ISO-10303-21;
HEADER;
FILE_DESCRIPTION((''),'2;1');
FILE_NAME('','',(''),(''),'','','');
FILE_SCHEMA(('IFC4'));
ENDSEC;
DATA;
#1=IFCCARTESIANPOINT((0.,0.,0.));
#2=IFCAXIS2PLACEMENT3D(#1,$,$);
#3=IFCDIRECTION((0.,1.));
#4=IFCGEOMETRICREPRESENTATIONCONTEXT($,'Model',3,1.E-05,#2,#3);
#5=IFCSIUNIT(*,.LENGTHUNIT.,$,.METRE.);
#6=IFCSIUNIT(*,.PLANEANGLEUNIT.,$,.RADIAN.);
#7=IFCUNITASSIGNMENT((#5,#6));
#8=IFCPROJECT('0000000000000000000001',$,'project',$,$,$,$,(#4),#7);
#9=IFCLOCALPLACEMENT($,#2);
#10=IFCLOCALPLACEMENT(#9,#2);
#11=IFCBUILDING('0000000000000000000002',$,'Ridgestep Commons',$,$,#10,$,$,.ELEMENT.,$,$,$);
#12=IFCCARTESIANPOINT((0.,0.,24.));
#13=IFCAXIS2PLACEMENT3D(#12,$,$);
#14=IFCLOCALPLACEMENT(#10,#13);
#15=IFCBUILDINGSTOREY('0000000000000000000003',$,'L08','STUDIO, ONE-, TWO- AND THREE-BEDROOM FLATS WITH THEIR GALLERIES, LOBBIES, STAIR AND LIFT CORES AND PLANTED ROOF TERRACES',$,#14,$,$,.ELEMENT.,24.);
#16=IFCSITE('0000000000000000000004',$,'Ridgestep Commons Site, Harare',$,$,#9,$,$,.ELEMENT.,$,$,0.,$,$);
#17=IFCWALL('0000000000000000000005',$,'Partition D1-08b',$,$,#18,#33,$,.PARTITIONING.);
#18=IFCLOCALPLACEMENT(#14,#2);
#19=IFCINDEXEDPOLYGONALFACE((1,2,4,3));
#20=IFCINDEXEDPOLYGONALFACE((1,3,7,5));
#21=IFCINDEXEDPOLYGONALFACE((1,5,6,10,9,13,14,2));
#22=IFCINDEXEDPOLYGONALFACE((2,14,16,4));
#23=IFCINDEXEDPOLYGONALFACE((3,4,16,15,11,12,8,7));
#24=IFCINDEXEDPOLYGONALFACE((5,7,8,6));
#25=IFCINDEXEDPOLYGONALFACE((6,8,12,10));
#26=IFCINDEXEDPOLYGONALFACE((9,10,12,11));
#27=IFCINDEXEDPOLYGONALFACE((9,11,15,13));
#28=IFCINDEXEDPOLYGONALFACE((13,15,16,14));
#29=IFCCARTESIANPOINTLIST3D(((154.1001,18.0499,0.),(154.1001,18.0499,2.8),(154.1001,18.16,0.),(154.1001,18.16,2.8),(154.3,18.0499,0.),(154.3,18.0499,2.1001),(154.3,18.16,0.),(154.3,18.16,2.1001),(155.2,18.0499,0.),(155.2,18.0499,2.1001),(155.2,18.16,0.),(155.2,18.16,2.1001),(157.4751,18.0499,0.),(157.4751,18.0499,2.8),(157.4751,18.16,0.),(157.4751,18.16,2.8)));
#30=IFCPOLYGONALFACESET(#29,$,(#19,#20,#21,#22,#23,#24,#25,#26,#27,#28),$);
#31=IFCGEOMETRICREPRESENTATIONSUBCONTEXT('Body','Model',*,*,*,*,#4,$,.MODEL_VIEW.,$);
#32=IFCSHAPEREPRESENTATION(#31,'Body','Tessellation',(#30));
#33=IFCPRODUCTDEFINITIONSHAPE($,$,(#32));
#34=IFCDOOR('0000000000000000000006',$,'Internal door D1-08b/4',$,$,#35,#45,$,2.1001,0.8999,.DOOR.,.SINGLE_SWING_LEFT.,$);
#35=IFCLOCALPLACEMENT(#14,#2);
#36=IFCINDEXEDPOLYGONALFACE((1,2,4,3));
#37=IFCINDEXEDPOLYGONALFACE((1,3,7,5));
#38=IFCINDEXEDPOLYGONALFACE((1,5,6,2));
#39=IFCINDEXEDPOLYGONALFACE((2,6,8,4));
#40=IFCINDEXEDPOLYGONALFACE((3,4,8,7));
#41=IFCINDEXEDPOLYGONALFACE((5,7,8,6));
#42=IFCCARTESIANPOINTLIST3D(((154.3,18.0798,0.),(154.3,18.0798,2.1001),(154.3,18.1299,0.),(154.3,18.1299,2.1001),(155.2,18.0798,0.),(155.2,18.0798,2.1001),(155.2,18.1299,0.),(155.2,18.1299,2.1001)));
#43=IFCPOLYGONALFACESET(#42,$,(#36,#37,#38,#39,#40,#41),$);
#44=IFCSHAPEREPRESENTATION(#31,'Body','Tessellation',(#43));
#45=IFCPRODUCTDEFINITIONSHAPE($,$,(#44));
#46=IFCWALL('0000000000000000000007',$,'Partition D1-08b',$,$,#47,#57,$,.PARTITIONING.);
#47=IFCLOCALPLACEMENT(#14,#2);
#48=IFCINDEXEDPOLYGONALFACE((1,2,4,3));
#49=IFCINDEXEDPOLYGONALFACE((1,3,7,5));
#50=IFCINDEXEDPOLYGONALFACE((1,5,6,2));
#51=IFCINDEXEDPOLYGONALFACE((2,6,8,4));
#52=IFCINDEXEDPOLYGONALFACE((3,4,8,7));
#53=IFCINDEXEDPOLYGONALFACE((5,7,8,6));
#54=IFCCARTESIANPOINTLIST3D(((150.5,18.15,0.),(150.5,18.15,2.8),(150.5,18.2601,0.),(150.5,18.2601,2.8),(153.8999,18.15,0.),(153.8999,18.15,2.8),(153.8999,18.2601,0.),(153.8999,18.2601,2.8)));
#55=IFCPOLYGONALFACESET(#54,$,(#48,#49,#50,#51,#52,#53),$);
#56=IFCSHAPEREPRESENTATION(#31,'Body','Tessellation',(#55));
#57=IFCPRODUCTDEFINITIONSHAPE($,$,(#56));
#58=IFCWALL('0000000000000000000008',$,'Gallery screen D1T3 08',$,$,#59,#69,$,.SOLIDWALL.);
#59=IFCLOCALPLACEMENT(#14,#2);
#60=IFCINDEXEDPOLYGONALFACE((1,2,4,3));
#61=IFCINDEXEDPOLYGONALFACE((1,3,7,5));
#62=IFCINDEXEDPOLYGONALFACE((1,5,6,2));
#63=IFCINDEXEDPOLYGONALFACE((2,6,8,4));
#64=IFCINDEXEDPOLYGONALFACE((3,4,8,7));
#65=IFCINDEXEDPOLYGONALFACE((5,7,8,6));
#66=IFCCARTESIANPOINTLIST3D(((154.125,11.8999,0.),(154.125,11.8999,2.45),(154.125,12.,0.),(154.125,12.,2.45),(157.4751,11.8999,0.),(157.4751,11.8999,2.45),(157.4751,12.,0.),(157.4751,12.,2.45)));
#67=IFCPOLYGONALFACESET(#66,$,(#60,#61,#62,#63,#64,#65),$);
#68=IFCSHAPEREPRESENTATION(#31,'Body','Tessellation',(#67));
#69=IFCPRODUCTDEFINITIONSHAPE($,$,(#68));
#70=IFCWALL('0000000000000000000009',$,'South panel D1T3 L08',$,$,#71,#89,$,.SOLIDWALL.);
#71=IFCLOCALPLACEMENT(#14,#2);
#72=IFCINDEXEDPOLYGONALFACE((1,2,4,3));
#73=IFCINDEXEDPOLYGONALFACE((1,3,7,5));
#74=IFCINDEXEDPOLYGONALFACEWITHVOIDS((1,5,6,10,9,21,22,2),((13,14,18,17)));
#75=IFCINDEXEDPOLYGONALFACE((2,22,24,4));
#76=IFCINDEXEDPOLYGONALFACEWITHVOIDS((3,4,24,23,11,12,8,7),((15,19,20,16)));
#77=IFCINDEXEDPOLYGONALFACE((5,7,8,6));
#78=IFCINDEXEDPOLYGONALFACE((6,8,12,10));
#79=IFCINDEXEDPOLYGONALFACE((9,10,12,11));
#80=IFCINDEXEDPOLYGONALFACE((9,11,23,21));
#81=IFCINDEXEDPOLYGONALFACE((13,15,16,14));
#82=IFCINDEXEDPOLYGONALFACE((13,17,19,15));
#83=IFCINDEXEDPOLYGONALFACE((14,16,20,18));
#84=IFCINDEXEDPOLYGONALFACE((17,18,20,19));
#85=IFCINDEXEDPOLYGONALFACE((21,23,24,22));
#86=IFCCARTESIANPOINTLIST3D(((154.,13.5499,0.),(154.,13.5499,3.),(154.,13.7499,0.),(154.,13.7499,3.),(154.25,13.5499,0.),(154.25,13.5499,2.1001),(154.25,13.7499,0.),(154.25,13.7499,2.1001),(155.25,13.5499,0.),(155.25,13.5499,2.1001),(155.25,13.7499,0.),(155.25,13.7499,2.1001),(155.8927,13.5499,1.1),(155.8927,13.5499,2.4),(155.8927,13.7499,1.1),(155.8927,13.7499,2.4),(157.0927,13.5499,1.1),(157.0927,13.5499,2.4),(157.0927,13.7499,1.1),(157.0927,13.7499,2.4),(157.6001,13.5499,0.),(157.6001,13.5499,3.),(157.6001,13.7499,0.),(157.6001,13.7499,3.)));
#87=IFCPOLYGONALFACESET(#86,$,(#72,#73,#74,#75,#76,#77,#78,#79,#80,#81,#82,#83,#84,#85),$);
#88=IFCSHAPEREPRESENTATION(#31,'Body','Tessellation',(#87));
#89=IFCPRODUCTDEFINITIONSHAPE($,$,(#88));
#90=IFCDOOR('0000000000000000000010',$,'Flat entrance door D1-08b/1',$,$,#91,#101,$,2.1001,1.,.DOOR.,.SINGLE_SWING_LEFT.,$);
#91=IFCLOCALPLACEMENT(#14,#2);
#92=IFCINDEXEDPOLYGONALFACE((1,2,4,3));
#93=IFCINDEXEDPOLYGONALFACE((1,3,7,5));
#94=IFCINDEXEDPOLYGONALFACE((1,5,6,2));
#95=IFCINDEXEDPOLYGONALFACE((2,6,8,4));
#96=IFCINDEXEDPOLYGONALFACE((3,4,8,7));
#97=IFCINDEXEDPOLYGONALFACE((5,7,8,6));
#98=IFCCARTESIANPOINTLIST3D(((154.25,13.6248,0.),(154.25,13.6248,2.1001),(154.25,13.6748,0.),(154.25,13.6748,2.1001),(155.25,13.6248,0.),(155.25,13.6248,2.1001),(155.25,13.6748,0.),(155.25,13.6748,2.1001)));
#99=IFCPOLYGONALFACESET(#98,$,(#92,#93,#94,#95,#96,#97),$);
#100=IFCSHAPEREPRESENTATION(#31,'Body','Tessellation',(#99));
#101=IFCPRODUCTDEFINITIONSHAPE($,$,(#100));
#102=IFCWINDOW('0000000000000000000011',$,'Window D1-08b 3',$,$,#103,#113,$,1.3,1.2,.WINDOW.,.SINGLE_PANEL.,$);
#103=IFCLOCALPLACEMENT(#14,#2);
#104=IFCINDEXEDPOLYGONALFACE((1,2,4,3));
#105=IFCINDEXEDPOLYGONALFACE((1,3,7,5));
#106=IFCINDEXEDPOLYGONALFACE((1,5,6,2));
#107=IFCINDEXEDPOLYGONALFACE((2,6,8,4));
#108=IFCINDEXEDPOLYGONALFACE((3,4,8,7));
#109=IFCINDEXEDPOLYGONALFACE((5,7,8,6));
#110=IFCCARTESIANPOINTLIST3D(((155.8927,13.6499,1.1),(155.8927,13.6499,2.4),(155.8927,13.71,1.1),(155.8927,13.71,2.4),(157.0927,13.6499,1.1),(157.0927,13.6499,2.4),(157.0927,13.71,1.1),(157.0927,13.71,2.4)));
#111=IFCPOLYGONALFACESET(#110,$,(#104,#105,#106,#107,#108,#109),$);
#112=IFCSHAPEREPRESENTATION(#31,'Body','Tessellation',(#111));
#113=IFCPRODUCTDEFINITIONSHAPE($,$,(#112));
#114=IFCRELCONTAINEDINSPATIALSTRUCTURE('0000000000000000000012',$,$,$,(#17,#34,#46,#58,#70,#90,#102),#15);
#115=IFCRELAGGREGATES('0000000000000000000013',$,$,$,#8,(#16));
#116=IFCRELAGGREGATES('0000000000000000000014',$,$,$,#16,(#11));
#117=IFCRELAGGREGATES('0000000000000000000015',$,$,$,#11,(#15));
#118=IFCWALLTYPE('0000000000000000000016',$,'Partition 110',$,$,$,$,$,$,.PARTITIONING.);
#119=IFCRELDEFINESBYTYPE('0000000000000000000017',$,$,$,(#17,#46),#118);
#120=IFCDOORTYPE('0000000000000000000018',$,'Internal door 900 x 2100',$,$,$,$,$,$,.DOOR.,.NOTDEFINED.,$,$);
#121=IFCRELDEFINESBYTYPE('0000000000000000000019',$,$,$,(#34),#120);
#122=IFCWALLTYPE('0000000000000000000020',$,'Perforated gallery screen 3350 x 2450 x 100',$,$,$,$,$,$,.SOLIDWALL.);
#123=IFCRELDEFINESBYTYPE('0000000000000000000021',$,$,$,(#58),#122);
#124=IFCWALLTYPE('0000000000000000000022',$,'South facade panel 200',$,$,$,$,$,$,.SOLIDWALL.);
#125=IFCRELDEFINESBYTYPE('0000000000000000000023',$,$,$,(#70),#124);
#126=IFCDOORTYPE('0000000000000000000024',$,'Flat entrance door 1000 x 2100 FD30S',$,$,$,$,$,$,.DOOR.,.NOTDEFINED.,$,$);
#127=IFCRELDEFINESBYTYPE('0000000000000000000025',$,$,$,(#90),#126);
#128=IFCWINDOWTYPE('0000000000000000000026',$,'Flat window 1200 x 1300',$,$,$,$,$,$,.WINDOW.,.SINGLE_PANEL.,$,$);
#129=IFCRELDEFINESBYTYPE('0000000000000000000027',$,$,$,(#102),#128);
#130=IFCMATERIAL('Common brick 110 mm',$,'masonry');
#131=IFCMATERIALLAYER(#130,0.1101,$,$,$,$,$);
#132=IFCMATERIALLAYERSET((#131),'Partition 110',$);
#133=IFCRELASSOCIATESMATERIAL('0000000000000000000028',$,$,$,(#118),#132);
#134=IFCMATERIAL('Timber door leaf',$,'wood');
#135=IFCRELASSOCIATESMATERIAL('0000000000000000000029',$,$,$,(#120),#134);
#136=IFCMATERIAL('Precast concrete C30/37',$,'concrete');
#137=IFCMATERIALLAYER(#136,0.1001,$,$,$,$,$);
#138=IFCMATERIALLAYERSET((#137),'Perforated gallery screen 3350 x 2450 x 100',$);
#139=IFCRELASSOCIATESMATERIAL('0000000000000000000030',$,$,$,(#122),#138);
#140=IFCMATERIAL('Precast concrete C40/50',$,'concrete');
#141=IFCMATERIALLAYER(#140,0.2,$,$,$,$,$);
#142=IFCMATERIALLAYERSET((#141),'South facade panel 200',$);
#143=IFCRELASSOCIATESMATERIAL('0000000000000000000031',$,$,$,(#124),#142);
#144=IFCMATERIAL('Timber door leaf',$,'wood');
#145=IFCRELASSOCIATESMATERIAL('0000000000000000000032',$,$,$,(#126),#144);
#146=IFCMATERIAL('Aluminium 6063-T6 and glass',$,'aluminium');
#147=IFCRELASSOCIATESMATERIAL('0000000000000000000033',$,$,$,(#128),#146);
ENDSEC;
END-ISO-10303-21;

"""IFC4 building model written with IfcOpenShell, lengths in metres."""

from ifc_helpers import new_model, si_unit, direction, frame, frame_2d, origin, place, context, subcontext, project, spatial, rectangle, extrude, material, layer, layer_set, type_object, element, fill, save


model = new_model("IFC4")

# Units and contexts
model_context = context("Model", 3, precision=1e-05, world=origin(), true_north=direction((0.0, 1.0)))
body_context = subcontext(model_context, "Body", "Model", "MODEL_VIEW")
ifc_project = project(units=[si_unit("LENGTHUNIT", "METRE"), si_unit("PLANEANGLEUNIT", "RADIAN")], contexts=[model_context])

# Site, building, storey
site_placement = place(None, origin())
site = spatial("IfcSite", under=ifc_project, at=site_placement, Name="Ridgestep Commons Site, Harare", CompositionType="ELEMENT", RefElevation=0.0)
building_placement = place(site_placement, origin())
building = spatial("IfcBuilding", under=site, at=building_placement, Name="Ridgestep Commons", CompositionType="ELEMENT")
storey_placement = place(building_placement, frame((0.0, 0.0, 24.0)))
storey = spatial("IfcBuildingStorey", under=building, at=storey_placement, Name="L08", Description="STUDIO, ONE-, TWO- AND THREE-BEDROOM FLATS WITH THEIR GALLERIES, LOBBIES, STAIR AND LIFT CORES AND PLANTED ROOF TERRACES", CompositionType="ELEMENT", Elevation=24.0)

# Shared definitions
ifc_material_1 = material(Name="Common brick 110 mm", Category="masonry")
ifc_layer_1 = layer(ifc_material_1, 0.1101)
ifc_layer_set_1 = layer_set([ifc_layer_1], Name="Partition 110")
wall_type_1 = type_object("IfcWallType", Name="Partition 110", PredefinedType="PARTITIONING", material=ifc_layer_set_1)

# Wall, opening, door
wall_1_placement = place(storey_placement, frame((154.1001, 18.105, 0.0), z_axis=(0.0, 0.0, 1.0), x_axis=(1.0, 0.0, 0.0)))
wall_1 = element("IfcWall", 1, at=wall_1_placement, inside=storey, type_object=wall_type_1, Name="Partition D1-08b", PredefinedType="PARTITIONING", context=body_context, shape_type="SweptSolid", body=[
    extrude(rectangle(XDim=3.375, YDim=0.1101, at=frame_2d((1.6875, 0.0))), origin(), (0.0, 0.0, 1.0), 2.8),
])
opening_1_placement = place(wall_1_placement, frame((0.2, 0.0, 0.0)))
opening_1 = element("IfcOpeningElement", 2, at=opening_1_placement, cuts=wall_1, PredefinedType="OPENING", context=body_context, shape_type="SweptSolid", body=[
    extrude(rectangle(XDim=0.8999, YDim=2.1001, at=frame_2d((0.45, 1.05))), frame((0.0, 0.0649, 0.0), z_axis=(0.0, -1.0, 0.0), x_axis=(1.0, 0.0, 0.0)), (0.0, 0.0, 1.0), 0.1301),
])
ifc_material_2 = material(Name="Timber door leaf", Category="wood")
door_type_1 = type_object("IfcDoorType", Name="Internal door 900 x 2100", OperationType="NOTDEFINED", PredefinedType="DOOR", material=ifc_material_2)
door_1_placement = place(opening_1_placement, origin())
door_1 = element("IfcDoor", 3, at=door_1_placement, inside=storey, type_object=door_type_1, Name="Internal door D1-08b/4", OperationType="SINGLE_SWING_LEFT", OverallHeight=2.1001, OverallWidth=0.8999, PredefinedType="DOOR", context=body_context, shape_type="SweptSolid", body=[
    extrude(rectangle(XDim=0.8999, YDim=2.1001, at=frame_2d((0.45, 1.05))), frame((0.0, 0.0249, 0.0), z_axis=(0.0, -1.0, 0.0), x_axis=(1.0, 0.0, 0.0)), (0.0, 0.0, 1.0), 0.05),
])
fill(opening_1, door_1)

# Walls
wall_2_placement = place(storey_placement, frame((150.5, 18.2051, 0.0), z_axis=(0.0, 0.0, 1.0), x_axis=(1.0, 0.0, 0.0)))
element("IfcWall", 4, at=wall_2_placement, inside=storey, type_object=wall_type_1, Name="Partition D1-08b", PredefinedType="PARTITIONING", context=body_context, shape_type="SweptSolid", body=[
    extrude(rectangle(XDim=3.3999, YDim=0.1101, at=frame_2d((1.7, 0.0))), origin(), (0.0, 0.0, 1.0), 2.8),
])
ifc_material_3 = material(Name="Precast concrete C30/37", Category="concrete")
ifc_layer_2 = layer(ifc_material_3, 0.1001)
ifc_layer_set_2 = layer_set([ifc_layer_2], Name="Perforated gallery screen 3350 x 2450 x 100")
wall_type_2 = type_object("IfcWallType", Name="Perforated gallery screen 3350 x 2450 x 100", PredefinedType="SOLIDWALL", material=ifc_layer_set_2)
wall_3_placement = place(storey_placement, frame((154.125, 11.95, 0.0), z_axis=(0.0, 0.0, 1.0), x_axis=(1.0, 0.0, 0.0)))
element("IfcWall", 5, at=wall_3_placement, inside=storey, type_object=wall_type_2, Name="Gallery screen D1T3 08", PredefinedType="SOLIDWALL", context=body_context, shape_type="SweptSolid", body=[
    extrude(rectangle(XDim=3.3501, YDim=0.1001, at=frame_2d((1.675, 0.0))), origin(), (0.0, 0.0, 1.0), 2.45),
])

# Wall, openings, door, window
ifc_material_4 = material(Name="Precast concrete C40/50", Category="concrete")
ifc_layer_3 = layer(ifc_material_4, 0.2)
ifc_layer_set_3 = layer_set([ifc_layer_3], Name="South facade panel 200")
wall_type_3 = type_object("IfcWallType", Name="South facade panel 200", PredefinedType="SOLIDWALL", material=ifc_layer_set_3)
wall_4_placement = place(storey_placement, frame((154.0, 13.6499, 0.0), z_axis=(0.0, 0.0, 1.0), x_axis=(1.0, 0.0, 0.0)))
wall_4 = element("IfcWall", 6, at=wall_4_placement, inside=storey, type_object=wall_type_3, Name="South panel D1T3 L08", PredefinedType="SOLIDWALL", context=body_context, shape_type="SweptSolid", body=[
    extrude(rectangle(XDim=3.6001, YDim=0.2, at=frame_2d((1.8, 0.0))), origin(), (0.0, 0.0, 1.0), 3.0),
])
opening_2_placement = place(wall_4_placement, frame((1.8926, 0.0, 1.1001)))
opening_2 = element("IfcOpeningElement", 7, at=opening_2_placement, cuts=wall_4, PredefinedType="OPENING", context=body_context, shape_type="SweptSolid", body=[
    extrude(rectangle(XDim=1.2, YDim=1.3, at=frame_2d((0.6001, 0.6499))), frame((0.0, 0.1099, 0.0), z_axis=(0.0, -1.0, 0.0), x_axis=(1.0, 0.0, 0.0)), (0.0, 0.0, 1.0), 0.22),
])
opening_3_placement = place(wall_4_placement, frame((0.25, 0.0, 0.0)))
opening_3 = element("IfcOpeningElement", 8, at=opening_3_placement, cuts=wall_4, PredefinedType="OPENING", context=body_context, shape_type="SweptSolid", body=[
    extrude(rectangle(XDim=1.0, YDim=2.1001, at=frame_2d((0.5, 1.05))), frame((0.0, 0.1099, 0.0), z_axis=(0.0, -1.0, 0.0), x_axis=(1.0, 0.0, 0.0)), (0.0, 0.0, 1.0), 0.22),
])
ifc_material_5 = material(Name="Timber door leaf", Category="wood")
door_type_2 = type_object("IfcDoorType", Name="Flat entrance door 1000 x 2100 FD30S", OperationType="NOTDEFINED", PredefinedType="DOOR", material=ifc_material_5)
door_2_placement = place(opening_3_placement, origin())
door_2 = element("IfcDoor", 9, at=door_2_placement, inside=storey, type_object=door_type_2, Name="Flat entrance door D1-08b/1", OperationType="SINGLE_SWING_LEFT", OverallHeight=2.1001, OverallWidth=1.0, PredefinedType="DOOR", context=body_context, shape_type="SweptSolid", body=[
    extrude(rectangle(XDim=1.0, YDim=2.1001, at=frame_2d((0.5, 1.05))), frame((0.0, 0.0249, 0.0), z_axis=(0.0, -1.0, 0.0), x_axis=(1.0, 0.0, 0.0)), (0.0, 0.0, 1.0), 0.05),
])
fill(opening_3, door_2)
ifc_material_6 = material(Name="Aluminium 6063-T6 and glass", Category="aluminium")
window_type = type_object("IfcWindowType", Name="Flat window 1200 x 1300", PartitioningType="SINGLE_PANEL", PredefinedType="WINDOW", material=ifc_material_6)
window_placement = place(opening_2_placement, origin())
window = element("IfcWindow", 10, at=window_placement, inside=storey, type_object=window_type, Name="Window D1-08b 3", OverallHeight=1.3, OverallWidth=1.2, PartitioningType="SINGLE_PANEL", PredefinedType="WINDOW", context=body_context, shape_type="SweptSolid", body=[
    extrude(rectangle(XDim=1.2, YDim=1.3, at=frame_2d((0.6001, 0.6499))), frame((0.0, 0.0601, 0.0), z_axis=(0.0, -1.0, 0.0), x_axis=(1.0, 0.0, 0.0)), (0.0, 0.0, 1.0), 0.0601),
])
fill(opening_2, window)

save(model, "model.ifc")
